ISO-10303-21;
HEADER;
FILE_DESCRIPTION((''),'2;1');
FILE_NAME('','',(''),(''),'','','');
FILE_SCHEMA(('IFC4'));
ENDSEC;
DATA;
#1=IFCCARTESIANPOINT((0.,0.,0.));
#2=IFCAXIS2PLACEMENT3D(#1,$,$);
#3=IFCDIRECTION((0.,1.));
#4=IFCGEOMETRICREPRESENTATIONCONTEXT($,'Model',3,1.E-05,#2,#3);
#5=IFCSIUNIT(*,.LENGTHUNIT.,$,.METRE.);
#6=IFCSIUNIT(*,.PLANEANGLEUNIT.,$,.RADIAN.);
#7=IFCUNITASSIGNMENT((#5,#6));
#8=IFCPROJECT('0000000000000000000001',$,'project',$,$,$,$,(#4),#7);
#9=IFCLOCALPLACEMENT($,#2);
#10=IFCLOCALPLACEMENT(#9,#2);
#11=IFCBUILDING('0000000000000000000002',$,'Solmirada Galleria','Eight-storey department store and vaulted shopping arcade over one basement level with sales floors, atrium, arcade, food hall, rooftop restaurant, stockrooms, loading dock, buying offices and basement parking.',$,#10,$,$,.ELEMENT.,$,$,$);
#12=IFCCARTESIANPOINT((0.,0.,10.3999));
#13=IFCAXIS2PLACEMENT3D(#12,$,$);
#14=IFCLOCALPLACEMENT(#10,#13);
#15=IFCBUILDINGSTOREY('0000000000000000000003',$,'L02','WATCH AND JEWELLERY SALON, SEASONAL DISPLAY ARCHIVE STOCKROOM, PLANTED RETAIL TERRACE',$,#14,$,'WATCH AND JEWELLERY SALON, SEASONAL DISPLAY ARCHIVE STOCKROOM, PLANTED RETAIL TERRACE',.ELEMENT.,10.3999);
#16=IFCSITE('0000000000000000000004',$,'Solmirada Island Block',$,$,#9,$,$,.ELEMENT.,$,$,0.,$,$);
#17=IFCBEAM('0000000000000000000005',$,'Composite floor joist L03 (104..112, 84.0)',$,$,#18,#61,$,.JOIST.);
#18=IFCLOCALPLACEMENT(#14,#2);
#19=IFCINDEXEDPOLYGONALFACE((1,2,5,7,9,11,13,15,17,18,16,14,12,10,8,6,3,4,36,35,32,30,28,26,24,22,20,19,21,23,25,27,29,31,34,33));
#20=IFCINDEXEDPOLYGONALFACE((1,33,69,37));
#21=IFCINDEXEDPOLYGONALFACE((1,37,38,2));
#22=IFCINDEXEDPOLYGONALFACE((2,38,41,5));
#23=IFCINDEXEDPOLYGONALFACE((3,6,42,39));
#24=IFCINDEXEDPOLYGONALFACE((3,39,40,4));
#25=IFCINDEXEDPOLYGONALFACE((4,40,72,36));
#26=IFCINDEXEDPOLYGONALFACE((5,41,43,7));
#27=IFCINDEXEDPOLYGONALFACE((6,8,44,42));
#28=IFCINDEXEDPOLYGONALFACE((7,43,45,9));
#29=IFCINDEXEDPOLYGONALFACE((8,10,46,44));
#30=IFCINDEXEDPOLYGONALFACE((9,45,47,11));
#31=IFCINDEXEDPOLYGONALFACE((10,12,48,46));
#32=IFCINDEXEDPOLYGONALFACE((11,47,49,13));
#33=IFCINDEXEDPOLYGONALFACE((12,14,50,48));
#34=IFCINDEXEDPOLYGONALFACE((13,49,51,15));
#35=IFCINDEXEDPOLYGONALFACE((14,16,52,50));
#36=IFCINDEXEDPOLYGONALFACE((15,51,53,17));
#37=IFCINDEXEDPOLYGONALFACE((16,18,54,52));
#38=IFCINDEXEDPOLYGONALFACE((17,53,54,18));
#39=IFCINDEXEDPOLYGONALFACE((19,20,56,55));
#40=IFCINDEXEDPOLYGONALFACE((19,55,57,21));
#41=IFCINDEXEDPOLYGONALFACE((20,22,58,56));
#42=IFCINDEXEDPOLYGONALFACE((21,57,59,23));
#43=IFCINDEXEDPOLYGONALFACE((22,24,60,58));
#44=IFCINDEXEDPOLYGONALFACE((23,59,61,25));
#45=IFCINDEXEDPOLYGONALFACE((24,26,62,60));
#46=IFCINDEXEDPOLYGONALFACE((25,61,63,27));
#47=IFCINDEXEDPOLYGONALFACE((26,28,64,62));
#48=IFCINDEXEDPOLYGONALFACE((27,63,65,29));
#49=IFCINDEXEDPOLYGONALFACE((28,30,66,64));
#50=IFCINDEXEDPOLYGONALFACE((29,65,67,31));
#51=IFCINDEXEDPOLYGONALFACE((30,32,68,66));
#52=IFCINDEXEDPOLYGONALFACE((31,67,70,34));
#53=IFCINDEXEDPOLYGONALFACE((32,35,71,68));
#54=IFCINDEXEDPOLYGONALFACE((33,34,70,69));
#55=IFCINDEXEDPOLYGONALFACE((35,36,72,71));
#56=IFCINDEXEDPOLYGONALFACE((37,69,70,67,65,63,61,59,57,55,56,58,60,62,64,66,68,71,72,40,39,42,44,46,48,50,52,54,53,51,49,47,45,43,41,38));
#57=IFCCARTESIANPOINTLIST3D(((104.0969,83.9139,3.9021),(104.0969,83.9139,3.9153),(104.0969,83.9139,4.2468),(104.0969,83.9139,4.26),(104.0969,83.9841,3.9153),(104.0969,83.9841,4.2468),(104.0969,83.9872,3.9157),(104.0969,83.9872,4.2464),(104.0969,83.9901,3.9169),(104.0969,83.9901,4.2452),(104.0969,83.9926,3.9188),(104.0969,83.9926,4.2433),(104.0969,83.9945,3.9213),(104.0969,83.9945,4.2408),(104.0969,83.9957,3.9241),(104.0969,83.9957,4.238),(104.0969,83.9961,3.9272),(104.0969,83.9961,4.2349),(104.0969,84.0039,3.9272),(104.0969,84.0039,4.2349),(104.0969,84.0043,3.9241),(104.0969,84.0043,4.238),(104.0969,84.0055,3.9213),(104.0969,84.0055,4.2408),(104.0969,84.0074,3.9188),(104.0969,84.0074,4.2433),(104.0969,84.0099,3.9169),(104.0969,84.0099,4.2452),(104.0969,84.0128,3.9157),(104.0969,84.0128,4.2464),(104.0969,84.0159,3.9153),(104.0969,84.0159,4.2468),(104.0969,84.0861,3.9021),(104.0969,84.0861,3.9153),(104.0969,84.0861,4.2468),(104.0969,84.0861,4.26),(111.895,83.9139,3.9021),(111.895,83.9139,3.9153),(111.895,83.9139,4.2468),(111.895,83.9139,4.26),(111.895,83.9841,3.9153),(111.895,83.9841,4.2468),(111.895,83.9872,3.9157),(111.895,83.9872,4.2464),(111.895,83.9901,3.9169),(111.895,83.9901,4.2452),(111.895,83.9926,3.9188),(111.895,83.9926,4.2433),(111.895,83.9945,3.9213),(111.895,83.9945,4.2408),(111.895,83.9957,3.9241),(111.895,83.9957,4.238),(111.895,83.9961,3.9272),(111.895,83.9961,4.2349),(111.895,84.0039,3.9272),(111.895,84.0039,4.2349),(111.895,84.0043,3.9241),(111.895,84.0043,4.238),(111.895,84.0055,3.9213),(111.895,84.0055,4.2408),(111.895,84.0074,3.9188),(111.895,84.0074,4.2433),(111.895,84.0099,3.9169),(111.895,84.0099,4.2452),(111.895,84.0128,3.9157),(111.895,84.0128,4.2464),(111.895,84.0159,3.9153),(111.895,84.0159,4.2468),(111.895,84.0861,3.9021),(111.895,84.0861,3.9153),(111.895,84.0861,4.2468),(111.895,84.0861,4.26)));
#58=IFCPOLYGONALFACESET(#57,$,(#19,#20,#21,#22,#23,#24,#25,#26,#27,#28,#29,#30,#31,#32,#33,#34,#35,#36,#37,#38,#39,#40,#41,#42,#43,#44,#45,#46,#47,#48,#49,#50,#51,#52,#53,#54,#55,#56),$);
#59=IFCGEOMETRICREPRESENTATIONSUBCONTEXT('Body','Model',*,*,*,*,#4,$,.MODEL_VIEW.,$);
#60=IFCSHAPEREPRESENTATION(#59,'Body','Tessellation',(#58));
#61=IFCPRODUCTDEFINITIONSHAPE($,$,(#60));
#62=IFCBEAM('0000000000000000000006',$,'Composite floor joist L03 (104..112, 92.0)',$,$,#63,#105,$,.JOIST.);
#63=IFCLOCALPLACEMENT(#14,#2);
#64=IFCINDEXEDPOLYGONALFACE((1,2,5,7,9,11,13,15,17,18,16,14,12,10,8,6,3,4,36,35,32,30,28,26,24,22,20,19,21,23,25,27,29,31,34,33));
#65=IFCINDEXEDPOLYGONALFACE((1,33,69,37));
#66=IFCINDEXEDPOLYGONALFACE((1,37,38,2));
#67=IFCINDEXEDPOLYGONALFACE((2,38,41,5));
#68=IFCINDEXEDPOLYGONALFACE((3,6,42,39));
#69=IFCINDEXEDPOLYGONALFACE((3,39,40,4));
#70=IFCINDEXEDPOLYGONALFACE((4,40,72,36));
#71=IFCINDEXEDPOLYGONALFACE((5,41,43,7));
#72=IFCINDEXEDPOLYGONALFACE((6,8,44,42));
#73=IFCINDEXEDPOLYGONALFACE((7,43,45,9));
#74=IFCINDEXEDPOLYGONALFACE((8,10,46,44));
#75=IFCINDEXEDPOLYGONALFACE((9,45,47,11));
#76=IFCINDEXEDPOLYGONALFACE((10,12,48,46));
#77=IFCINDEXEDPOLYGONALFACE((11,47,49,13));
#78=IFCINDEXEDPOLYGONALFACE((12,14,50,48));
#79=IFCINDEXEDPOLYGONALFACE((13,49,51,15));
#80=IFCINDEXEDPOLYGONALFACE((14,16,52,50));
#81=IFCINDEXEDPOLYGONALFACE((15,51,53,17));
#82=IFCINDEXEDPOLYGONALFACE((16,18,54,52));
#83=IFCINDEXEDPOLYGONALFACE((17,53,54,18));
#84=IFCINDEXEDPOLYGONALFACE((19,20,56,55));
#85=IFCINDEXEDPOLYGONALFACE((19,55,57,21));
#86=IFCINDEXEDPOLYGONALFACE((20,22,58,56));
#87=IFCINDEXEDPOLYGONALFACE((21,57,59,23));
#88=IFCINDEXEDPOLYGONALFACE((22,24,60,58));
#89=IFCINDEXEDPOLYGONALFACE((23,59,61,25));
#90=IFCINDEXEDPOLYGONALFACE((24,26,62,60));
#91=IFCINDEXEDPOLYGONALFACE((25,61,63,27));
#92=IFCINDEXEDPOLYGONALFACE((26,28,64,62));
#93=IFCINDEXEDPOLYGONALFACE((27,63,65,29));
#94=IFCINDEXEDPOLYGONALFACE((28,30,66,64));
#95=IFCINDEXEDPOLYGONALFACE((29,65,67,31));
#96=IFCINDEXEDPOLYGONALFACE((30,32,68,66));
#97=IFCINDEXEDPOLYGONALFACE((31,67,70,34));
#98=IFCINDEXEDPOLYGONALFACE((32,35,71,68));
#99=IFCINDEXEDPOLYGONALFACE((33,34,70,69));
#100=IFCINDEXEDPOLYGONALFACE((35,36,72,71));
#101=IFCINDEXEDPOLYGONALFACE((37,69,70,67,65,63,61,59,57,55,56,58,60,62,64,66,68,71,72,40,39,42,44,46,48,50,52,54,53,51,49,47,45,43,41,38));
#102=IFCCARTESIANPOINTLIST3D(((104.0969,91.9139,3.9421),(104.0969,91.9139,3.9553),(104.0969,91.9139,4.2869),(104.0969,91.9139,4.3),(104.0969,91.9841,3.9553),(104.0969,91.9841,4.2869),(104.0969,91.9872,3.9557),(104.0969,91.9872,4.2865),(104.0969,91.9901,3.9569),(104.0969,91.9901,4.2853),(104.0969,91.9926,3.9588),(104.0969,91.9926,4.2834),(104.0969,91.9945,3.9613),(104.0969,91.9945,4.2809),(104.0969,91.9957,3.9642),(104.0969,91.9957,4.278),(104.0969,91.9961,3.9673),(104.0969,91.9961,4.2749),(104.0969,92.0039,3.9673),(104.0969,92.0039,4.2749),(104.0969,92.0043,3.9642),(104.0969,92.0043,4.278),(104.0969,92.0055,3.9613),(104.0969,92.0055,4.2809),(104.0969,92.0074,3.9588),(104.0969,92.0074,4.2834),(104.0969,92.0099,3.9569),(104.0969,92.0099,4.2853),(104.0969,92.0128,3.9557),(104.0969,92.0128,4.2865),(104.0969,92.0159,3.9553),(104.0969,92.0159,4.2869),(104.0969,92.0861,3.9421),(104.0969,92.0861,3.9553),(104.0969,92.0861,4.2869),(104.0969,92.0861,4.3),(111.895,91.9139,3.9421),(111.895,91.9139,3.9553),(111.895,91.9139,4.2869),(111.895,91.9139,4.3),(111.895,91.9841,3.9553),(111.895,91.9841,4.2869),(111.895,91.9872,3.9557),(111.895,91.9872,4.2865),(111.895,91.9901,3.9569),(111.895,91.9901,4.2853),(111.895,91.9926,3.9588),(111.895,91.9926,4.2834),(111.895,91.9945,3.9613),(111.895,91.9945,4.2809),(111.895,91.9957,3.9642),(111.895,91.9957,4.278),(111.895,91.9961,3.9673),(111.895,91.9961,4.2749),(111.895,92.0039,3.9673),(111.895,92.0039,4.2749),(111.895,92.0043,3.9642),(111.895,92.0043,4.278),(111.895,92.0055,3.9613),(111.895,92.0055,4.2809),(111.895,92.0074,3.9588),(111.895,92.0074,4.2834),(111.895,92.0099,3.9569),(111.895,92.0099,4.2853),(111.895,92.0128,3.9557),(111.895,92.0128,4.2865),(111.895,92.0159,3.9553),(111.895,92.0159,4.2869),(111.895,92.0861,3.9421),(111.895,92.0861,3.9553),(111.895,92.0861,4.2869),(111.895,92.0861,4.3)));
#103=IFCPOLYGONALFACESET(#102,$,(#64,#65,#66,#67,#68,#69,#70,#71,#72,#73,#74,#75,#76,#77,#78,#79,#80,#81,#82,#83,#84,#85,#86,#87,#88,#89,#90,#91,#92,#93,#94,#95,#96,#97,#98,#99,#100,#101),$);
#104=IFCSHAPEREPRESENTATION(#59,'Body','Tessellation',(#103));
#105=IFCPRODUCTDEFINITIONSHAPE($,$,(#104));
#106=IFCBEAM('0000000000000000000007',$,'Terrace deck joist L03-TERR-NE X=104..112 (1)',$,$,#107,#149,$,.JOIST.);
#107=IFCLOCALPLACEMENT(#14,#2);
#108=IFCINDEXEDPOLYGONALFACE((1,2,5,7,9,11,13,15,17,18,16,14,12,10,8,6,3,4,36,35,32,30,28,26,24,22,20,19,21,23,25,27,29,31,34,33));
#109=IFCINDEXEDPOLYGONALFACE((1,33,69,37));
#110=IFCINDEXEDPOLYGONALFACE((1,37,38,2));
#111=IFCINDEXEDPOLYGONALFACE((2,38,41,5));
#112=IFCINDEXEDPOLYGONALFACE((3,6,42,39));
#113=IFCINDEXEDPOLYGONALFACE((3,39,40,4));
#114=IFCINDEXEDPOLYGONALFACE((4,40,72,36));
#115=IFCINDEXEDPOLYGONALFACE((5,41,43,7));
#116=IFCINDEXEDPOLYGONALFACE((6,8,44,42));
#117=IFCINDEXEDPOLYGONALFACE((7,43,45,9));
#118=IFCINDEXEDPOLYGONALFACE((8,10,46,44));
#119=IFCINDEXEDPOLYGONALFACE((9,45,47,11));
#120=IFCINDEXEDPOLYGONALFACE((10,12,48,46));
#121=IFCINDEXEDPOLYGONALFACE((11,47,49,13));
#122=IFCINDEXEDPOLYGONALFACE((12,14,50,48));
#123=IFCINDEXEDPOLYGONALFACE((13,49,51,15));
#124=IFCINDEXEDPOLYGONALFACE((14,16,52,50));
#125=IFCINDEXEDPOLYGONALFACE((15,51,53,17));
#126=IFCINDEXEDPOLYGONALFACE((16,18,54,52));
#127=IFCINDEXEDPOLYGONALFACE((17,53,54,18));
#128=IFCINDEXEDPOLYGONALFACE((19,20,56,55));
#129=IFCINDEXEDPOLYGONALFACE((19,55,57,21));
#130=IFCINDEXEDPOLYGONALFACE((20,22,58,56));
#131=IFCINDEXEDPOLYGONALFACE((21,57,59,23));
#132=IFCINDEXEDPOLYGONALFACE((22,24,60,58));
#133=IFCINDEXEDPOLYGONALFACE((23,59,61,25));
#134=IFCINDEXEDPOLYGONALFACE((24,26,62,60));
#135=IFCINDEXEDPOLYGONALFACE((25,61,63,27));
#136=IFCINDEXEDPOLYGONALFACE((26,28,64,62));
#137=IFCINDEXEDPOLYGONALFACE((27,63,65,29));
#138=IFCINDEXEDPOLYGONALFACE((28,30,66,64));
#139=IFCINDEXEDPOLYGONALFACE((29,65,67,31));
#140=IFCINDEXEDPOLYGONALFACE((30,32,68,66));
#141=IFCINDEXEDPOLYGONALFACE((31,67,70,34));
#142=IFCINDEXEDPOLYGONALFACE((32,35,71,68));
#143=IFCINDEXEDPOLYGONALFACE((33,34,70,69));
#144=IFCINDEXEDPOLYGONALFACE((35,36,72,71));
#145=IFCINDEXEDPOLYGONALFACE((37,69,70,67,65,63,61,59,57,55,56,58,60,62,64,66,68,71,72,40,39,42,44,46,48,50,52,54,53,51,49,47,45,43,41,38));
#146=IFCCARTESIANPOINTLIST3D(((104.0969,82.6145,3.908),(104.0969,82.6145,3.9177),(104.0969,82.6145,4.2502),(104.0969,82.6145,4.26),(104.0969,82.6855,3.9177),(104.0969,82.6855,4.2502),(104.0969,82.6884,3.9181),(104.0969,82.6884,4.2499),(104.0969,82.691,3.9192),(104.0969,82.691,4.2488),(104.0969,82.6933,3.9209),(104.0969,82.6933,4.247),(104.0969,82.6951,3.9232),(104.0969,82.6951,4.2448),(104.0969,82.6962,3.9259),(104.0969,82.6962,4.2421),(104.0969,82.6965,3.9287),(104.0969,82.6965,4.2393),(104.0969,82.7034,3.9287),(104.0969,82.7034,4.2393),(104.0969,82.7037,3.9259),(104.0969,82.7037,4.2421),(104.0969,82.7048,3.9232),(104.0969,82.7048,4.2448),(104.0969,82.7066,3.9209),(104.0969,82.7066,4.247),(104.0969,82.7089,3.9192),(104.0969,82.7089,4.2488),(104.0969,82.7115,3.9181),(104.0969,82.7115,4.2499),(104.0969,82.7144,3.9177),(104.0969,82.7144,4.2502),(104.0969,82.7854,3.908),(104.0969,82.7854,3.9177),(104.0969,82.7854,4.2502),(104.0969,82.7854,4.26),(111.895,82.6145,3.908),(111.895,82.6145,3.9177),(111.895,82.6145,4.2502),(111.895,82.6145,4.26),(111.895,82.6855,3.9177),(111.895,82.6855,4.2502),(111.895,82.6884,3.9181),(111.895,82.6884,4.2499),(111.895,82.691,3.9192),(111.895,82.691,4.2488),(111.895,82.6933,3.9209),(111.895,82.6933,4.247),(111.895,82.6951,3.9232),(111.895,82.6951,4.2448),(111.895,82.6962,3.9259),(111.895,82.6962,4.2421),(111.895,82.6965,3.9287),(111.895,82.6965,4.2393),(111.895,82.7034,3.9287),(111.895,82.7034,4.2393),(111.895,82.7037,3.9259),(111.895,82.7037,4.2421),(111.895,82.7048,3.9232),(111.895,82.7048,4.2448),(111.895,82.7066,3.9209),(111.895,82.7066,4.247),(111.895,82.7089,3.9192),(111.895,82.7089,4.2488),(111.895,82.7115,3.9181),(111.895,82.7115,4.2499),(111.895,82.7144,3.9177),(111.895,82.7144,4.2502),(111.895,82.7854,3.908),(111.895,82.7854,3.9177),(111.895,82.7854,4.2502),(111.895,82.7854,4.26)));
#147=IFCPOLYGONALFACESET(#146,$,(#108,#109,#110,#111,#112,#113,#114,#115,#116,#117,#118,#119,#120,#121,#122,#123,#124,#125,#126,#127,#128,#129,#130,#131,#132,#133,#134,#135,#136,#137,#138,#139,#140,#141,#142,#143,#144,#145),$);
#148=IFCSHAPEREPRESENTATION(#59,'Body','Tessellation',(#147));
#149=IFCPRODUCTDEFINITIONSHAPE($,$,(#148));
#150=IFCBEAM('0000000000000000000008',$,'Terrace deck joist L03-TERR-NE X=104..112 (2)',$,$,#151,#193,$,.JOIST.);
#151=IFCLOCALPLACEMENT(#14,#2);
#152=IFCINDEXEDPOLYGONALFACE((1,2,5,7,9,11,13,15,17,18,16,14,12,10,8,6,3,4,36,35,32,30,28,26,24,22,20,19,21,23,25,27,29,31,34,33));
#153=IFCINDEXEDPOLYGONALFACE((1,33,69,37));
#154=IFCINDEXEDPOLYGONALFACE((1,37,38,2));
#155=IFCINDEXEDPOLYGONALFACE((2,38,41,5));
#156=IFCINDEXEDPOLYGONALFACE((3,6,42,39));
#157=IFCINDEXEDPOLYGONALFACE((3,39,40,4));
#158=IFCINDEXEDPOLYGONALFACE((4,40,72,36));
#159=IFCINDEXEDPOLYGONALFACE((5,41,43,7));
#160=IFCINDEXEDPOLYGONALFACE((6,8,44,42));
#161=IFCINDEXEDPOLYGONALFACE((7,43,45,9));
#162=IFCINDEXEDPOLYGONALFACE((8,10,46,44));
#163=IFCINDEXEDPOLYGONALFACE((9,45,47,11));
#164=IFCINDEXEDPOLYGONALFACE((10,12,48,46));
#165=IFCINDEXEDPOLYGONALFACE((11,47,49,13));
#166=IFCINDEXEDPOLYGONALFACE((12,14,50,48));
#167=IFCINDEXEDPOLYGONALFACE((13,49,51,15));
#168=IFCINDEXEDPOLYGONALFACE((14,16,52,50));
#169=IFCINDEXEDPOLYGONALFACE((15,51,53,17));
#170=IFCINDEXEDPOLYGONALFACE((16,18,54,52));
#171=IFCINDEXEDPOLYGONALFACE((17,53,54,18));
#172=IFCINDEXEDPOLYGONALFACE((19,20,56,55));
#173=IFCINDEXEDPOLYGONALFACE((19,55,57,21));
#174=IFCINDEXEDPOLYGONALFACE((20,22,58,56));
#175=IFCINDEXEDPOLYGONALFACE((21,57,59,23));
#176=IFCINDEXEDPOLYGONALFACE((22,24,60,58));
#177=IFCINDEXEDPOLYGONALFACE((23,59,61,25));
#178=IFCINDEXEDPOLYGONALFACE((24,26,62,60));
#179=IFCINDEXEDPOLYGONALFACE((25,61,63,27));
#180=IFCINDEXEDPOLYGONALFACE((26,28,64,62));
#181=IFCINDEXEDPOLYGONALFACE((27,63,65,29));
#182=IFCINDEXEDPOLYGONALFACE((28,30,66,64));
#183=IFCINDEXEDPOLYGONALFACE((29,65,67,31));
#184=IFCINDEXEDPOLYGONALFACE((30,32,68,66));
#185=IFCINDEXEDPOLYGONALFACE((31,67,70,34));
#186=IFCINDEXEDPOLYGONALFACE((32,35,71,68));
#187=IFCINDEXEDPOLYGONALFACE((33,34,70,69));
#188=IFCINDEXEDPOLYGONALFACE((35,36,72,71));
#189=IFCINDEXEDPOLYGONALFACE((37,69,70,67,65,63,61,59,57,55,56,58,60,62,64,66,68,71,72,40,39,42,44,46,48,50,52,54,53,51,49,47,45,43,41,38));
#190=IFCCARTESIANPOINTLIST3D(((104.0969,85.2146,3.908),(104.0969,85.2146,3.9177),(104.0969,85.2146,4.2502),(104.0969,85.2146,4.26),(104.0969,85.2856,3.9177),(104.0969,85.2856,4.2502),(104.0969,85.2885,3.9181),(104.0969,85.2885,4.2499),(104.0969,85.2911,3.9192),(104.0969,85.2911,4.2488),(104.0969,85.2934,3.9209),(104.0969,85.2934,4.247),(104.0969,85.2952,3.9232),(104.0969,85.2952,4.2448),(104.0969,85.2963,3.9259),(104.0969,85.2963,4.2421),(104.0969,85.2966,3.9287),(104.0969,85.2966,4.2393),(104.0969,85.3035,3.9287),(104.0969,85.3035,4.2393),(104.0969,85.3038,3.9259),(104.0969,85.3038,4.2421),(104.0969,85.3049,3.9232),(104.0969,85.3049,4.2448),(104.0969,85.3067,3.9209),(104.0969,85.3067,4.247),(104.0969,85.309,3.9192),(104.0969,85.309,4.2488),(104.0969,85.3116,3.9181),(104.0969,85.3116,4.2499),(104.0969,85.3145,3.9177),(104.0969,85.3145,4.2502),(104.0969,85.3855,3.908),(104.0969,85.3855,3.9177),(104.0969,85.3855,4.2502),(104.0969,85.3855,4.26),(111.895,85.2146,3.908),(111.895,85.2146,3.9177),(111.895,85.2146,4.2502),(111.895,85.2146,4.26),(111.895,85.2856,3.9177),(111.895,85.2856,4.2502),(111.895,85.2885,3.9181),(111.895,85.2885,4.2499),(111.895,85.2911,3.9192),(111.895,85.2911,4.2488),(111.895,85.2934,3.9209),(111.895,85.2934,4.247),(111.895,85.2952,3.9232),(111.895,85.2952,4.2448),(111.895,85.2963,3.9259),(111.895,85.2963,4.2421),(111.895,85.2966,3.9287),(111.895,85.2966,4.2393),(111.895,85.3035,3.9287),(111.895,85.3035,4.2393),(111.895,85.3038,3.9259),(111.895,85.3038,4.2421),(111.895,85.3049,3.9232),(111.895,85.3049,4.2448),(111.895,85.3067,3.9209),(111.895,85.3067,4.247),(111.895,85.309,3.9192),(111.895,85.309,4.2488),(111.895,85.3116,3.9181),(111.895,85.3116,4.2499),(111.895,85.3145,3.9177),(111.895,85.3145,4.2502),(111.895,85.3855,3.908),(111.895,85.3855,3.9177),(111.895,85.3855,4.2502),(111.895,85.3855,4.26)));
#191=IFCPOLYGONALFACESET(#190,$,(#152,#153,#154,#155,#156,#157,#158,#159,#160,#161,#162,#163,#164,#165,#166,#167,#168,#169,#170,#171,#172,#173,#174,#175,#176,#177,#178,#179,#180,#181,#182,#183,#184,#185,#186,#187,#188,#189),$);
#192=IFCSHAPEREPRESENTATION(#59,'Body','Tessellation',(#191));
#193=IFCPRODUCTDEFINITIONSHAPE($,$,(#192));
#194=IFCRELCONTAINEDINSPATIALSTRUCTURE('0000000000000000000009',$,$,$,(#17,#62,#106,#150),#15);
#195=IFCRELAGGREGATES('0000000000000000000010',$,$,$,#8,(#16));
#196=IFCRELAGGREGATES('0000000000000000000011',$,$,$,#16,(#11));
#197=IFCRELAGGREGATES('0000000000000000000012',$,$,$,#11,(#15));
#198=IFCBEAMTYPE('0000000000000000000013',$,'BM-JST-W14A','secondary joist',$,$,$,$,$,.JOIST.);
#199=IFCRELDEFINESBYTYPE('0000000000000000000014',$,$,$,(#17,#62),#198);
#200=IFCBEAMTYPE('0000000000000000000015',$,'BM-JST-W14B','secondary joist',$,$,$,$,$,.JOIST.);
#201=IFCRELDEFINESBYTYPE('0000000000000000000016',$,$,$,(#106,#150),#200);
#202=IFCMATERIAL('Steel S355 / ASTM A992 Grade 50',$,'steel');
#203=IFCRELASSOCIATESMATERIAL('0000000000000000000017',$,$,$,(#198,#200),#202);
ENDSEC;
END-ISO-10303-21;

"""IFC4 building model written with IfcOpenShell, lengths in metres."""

from ifc_helpers import new_model, si_unit, direction, frame, origin, origin_2d, place, context, subcontext, project, spatial, i_section, extrude, material, material_profile, profile_set, type_object, element, save


model = new_model("IFC4")

# Units and contexts
model_context = context("Model", 3, precision=1e-05, world=origin(), true_north=direction((0.0, 1.0)))
body_context = subcontext(model_context, "Body", "Model", "MODEL_VIEW")
ifc_project = project(units=[si_unit("LENGTHUNIT", "METRE"), si_unit("PLANEANGLEUNIT", "RADIAN")], contexts=[model_context])

# Site, building, storey
site_placement = place(None, origin())
site = spatial("IfcSite", under=ifc_project, at=site_placement, Name="Solmirada Island Block", CompositionType="ELEMENT", RefElevation=0.0)
building_placement = place(site_placement, origin())
building = spatial("IfcBuilding", under=site, at=building_placement, Name="Solmirada Galleria", Description="Eight-storey department store and vaulted shopping arcade over one basement level with sales floors, atrium, arcade, food hall, rooftop restaurant, stockrooms, loading dock, buying offices and basement parking.", CompositionType="ELEMENT")
storey_placement = place(building_placement, frame((0.0, 0.0, 10.3999)))
storey = spatial("IfcBuildingStorey", under=building, at=storey_placement, Name="L02", Description="WATCH AND JEWELLERY SALON, SEASONAL DISPLAY ARCHIVE STOCKROOM, PLANTED RETAIL TERRACE", LongName="WATCH AND JEWELLERY SALON, SEASONAL DISPLAY ARCHIVE STOCKROOM, PLANTED RETAIL TERRACE", CompositionType="ELEMENT", Elevation=10.3999)

# Beams
ifc_material_1 = material(Name="Steel S355 / ASTM A992 Grade 50", Category="steel")
ifc_material_profile_1 = material_profile(ifc_material_1, i_section(OverallWidth=0.1721, OverallDepth=0.3579, WebThickness=0.0078, FlangeThickness=0.0132, FilletRadius=0.012, at=origin_2d()), Name="W14X38")
ifc_profile_set_1 = profile_set([ifc_material_profile_1], Name="Steel S355 / ASTM A992 Grade 50")
beam_type_1 = type_object("IfcBeamType", Name="BM-JST-W14A", Description="secondary joist", PredefinedType="JOIST", material=ifc_profile_set_1)
for number, where, z_axis, x_axis, name in (
    (1, (104.0969, 84.0, 4.0811), (1.0, 0.0, 0.0), (0.0, 1.0, 0.0), "Composite floor joist L03 (104..112, 84.0)"),
    (2, (104.0969, 92.0, 4.1211), (1.0, 0.0, 0.0), (0.0, 1.0, 0.0), "Composite floor joist L03 (104..112, 92.0)"),
):
    element("IfcBeam", number, at=place(storey_placement, frame(where, z_axis=z_axis, x_axis=x_axis)), inside=storey, type_object=beam_type_1, Name=name, PredefinedType="JOIST", context=body_context, shape_type="SweptSolid", body=[
        extrude(i_section(OverallWidth=0.1721, OverallDepth=0.3579, WebThickness=0.0078, FlangeThickness=0.0132, FilletRadius=0.012, at=origin_2d()), origin(), (0.0, 0.0, 1.0), 7.7981),
    ])
ifc_material_profile_2 = material_profile(ifc_material_1, i_section(OverallWidth=0.1709, OverallDepth=0.3521, WebThickness=0.0068, FlangeThickness=0.0098, FilletRadius=0.011, at=origin_2d()), Name="W14X30")
ifc_profile_set_2 = profile_set([ifc_material_profile_2], Name="Steel S355 / ASTM A992 Grade 50")
beam_type_2 = type_object("IfcBeamType", Name="BM-JST-W14B", Description="secondary joist", PredefinedType="JOIST", material=ifc_profile_set_2)
for number, where, z_axis, x_axis, name in (
    (3, (104.0969, 82.7, 4.084), (1.0, 0.0, 0.0), (0.0, 1.0, 0.0), "Terrace deck joist L03-TERR-NE X=104..112 (1)"),
    (4, (104.0969, 85.3, 4.084), (1.0, 0.0, 0.0), (0.0, 1.0, 0.0), "Terrace deck joist L03-TERR-NE X=104..112 (2)"),
):
    element("IfcBeam", number, at=place(storey_placement, frame(where, z_axis=z_axis, x_axis=x_axis)), inside=storey, type_object=beam_type_2, Name=name, PredefinedType="JOIST", context=body_context, shape_type="SweptSolid", body=[
        extrude(i_section(OverallWidth=0.1709, OverallDepth=0.3521, WebThickness=0.0068, FlangeThickness=0.0098, FilletRadius=0.011, at=origin_2d()), origin(), (0.0, 0.0, 1.0), 7.7981),
    ])

save(model, "model.ifc")
